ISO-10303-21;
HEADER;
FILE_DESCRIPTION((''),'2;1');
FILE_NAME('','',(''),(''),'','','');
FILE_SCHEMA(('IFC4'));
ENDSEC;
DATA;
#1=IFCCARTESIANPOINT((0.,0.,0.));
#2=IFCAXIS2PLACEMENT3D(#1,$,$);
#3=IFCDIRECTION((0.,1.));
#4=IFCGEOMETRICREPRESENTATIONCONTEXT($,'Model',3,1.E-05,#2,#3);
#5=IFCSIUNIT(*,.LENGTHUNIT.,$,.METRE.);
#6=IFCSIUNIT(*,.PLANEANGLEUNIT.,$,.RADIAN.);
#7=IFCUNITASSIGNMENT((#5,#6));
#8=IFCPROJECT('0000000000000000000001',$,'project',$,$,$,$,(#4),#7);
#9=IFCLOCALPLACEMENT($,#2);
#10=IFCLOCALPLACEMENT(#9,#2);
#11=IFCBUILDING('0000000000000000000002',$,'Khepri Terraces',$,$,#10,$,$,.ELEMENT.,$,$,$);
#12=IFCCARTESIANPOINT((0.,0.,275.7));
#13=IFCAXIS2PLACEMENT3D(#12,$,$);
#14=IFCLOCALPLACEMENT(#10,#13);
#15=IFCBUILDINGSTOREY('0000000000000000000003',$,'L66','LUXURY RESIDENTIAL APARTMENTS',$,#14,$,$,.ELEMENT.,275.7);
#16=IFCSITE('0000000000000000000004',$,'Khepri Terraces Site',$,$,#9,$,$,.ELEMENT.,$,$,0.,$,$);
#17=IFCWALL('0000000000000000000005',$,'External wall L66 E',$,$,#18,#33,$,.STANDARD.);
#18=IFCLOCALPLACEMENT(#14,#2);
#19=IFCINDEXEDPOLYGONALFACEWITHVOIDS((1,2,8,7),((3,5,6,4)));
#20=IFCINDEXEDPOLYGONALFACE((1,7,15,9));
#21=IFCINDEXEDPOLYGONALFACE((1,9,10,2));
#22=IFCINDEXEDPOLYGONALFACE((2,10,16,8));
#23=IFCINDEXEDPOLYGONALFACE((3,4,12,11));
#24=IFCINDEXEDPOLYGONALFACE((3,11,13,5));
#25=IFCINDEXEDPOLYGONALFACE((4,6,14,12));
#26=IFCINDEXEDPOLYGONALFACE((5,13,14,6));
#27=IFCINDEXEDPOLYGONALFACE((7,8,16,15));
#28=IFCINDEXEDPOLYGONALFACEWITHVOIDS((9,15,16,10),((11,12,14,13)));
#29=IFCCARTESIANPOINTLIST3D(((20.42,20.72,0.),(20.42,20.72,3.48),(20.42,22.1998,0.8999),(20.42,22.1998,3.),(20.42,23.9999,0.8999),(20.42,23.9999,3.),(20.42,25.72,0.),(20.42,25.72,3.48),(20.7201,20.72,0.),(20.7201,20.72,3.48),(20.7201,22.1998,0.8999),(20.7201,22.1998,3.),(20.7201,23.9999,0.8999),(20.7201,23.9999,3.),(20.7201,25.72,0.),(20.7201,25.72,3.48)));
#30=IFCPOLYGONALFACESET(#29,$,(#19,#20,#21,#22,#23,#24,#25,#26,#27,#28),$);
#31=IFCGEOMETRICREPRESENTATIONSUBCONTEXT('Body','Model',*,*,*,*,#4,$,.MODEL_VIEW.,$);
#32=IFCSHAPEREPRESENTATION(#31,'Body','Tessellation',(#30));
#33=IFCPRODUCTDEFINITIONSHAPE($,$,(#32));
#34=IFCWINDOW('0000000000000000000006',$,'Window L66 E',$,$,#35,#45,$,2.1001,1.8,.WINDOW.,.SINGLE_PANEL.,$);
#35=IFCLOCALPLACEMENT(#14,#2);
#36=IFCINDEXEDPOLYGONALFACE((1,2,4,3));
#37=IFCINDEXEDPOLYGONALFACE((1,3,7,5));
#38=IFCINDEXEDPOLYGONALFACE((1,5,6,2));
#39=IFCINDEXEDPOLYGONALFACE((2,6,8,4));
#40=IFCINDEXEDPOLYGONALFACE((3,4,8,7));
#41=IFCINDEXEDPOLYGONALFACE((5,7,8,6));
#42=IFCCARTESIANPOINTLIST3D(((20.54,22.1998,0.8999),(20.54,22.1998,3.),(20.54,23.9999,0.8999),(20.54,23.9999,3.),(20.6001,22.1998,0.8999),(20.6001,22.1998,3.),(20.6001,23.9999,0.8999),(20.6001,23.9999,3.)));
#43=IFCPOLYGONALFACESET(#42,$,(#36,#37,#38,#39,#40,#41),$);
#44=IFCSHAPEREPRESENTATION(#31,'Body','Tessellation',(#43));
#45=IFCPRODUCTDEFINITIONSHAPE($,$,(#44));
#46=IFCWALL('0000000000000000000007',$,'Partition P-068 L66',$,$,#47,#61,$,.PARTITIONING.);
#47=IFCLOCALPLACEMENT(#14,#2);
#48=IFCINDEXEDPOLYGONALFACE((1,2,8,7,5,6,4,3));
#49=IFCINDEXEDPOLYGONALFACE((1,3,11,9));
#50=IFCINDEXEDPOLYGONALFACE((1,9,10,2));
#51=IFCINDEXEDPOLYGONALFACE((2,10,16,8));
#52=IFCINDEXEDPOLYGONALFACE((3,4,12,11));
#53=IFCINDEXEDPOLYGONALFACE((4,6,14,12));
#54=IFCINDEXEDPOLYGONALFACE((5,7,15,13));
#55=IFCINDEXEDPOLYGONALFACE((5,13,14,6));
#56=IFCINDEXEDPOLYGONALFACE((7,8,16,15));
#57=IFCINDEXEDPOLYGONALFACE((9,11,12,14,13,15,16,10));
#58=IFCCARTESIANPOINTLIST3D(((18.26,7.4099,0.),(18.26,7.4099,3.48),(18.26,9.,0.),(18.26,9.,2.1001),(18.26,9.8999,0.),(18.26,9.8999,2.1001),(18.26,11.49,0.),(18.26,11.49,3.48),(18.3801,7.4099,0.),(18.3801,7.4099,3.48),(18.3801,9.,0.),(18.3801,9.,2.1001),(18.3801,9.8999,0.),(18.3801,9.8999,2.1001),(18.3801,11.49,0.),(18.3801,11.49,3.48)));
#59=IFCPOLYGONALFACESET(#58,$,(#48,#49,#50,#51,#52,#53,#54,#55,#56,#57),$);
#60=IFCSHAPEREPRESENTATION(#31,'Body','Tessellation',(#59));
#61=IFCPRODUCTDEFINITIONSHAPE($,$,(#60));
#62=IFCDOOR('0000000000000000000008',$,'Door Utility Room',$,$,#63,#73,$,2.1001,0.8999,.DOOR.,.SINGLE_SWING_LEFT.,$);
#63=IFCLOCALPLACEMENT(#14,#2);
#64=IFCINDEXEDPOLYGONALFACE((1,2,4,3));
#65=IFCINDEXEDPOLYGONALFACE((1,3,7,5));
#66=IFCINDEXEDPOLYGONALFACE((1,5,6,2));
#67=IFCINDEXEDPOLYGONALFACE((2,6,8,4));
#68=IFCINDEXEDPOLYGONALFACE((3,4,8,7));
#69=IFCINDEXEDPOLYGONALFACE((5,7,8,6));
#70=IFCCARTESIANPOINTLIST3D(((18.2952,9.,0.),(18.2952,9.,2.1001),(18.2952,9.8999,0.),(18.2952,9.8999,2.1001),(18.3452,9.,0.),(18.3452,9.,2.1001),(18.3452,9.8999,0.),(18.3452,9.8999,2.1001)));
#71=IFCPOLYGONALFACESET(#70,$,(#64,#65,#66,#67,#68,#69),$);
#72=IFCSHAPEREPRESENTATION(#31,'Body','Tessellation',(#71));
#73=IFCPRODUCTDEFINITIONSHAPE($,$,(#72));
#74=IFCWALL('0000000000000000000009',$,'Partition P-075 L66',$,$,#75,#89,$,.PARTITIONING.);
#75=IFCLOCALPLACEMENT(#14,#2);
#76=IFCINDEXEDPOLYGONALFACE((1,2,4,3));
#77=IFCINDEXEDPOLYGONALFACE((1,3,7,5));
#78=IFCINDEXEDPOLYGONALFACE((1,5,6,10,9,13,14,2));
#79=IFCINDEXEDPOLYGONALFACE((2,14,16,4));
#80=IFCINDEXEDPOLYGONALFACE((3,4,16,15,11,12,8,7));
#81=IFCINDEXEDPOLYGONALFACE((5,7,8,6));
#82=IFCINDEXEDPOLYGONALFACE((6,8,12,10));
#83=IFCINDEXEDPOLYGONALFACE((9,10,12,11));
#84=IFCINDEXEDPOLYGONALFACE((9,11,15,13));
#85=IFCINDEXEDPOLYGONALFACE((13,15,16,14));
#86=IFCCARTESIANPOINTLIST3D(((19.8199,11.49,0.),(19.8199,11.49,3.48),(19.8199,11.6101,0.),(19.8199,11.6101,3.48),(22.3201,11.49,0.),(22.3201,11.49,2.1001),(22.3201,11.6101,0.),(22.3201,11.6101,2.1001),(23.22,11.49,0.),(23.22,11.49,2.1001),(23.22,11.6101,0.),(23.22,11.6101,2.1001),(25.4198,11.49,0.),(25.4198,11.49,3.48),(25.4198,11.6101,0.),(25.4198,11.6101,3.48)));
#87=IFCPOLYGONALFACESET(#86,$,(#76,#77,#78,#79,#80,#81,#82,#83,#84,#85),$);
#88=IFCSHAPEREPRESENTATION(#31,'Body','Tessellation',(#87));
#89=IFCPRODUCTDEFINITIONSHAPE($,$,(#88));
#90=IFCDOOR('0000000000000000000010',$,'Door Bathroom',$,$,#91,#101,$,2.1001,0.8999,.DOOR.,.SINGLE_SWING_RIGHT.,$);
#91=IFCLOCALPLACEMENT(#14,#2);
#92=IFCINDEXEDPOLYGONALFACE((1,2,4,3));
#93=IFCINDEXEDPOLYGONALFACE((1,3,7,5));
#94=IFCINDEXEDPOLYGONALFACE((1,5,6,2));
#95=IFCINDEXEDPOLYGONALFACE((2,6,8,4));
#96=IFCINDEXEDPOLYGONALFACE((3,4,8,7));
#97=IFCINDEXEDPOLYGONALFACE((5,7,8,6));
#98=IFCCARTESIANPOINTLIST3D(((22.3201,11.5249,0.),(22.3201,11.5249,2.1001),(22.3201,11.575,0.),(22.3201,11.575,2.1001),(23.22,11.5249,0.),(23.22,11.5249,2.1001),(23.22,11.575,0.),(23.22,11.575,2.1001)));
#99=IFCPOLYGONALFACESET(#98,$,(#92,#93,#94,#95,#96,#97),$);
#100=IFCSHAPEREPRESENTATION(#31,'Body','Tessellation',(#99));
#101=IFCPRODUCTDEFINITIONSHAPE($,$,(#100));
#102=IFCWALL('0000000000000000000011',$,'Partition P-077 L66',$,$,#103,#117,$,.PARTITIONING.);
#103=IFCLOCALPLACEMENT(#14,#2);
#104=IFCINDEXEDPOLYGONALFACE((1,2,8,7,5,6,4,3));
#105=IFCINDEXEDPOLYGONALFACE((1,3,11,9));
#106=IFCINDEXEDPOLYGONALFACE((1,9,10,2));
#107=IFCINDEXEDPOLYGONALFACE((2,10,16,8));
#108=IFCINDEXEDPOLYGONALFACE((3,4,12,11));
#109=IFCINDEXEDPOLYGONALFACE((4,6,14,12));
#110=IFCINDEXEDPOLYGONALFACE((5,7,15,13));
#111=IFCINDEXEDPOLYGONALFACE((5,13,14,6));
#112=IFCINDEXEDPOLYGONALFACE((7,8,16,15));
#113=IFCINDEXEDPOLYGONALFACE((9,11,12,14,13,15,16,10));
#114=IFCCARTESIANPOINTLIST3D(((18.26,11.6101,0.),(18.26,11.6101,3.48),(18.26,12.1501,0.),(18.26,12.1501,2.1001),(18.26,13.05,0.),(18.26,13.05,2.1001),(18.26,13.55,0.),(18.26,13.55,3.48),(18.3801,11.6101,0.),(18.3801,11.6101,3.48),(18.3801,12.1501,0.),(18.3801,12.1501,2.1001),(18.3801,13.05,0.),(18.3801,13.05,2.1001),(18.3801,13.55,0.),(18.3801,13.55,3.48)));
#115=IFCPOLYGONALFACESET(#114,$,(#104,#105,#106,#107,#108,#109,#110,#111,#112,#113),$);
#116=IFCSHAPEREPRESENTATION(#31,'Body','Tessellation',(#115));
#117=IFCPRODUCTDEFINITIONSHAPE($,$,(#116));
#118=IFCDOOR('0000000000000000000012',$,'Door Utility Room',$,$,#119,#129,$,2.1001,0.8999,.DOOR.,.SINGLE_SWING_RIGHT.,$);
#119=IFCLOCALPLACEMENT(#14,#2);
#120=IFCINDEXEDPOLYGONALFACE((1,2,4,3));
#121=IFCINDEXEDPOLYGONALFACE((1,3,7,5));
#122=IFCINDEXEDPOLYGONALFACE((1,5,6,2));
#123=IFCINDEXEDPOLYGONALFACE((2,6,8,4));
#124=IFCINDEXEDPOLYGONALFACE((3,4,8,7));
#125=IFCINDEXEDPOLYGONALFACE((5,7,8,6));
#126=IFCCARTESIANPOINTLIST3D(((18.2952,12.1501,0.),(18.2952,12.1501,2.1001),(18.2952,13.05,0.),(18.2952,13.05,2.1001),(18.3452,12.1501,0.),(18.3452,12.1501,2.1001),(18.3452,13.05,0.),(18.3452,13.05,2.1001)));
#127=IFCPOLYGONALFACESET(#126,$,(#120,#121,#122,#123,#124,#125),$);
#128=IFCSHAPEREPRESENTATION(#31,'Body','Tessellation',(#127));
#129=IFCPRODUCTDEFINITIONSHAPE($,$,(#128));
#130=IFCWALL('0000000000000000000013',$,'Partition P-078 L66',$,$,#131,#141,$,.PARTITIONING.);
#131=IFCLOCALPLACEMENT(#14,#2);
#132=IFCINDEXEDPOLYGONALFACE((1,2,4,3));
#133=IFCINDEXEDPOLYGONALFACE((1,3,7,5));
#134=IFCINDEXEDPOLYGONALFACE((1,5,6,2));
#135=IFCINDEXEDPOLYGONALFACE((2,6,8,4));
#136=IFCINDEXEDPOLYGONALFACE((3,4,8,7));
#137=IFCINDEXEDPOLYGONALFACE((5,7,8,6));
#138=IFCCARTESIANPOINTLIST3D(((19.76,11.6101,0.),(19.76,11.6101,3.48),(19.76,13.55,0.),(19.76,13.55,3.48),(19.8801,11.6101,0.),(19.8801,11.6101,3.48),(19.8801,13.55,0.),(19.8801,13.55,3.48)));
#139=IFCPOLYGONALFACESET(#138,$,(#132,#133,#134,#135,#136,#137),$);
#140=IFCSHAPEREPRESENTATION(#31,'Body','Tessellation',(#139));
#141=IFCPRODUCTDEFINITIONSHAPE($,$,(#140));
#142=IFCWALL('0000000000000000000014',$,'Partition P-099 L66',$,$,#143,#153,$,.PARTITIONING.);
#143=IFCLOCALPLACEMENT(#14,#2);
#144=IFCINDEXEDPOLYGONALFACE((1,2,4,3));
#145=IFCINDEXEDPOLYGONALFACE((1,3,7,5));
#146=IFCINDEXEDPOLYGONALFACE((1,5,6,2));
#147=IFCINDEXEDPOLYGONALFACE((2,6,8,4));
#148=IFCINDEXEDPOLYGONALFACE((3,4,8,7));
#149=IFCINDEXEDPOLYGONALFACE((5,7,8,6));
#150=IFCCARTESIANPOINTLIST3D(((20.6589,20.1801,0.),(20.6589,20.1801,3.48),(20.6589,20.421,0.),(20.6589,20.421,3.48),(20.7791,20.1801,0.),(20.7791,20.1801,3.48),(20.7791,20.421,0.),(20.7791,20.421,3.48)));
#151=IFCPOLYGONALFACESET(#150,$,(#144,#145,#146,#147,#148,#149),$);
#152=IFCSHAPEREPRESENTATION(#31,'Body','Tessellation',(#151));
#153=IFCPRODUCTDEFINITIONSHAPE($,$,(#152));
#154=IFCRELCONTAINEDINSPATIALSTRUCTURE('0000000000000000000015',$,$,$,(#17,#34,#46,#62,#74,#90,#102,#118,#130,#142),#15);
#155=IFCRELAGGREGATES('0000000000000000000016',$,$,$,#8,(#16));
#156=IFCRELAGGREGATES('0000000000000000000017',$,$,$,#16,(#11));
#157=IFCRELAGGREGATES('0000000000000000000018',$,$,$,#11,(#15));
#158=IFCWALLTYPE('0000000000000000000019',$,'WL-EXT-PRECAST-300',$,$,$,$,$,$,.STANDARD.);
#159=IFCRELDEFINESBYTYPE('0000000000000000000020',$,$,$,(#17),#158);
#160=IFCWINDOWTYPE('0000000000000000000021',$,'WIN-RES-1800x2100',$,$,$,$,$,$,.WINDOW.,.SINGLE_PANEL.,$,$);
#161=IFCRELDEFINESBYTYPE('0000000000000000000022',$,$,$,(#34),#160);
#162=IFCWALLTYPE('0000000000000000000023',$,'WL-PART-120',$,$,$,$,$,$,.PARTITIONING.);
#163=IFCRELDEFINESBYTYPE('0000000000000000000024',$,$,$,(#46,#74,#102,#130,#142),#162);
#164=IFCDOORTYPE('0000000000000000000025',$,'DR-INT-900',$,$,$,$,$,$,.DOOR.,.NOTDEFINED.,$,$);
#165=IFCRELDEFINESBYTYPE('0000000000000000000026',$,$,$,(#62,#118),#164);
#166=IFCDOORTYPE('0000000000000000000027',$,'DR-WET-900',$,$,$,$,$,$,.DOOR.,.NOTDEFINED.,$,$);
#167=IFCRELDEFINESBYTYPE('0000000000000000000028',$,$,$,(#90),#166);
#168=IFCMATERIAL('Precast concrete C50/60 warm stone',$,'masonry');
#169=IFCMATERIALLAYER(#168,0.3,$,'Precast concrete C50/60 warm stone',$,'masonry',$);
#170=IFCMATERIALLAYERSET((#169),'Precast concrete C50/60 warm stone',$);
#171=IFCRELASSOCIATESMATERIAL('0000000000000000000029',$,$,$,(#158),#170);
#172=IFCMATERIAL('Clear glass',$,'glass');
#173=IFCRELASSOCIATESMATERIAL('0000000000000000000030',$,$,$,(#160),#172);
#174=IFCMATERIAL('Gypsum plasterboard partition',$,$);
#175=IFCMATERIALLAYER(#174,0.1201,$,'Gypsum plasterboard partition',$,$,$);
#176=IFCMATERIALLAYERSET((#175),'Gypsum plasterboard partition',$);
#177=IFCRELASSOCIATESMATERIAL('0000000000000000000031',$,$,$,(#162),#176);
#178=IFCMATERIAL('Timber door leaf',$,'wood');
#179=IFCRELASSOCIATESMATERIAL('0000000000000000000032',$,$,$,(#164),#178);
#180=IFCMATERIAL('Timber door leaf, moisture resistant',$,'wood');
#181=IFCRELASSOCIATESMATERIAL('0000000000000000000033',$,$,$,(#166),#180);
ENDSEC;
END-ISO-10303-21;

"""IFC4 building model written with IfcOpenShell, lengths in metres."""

from ifc_helpers import new_model, si_unit, direction, frame, frame_2d, origin, place, context, subcontext, project, spatial, rectangle, extrude, material, layer, layer_set, type_object, element, fill, save


model = new_model("IFC4")

# Units and contexts
model_context = context("Model", 3, precision=1e-05, world=origin(), true_north=direction((0.0, 1.0)))
body_context = subcontext(model_context, "Body", "Model", "MODEL_VIEW")
ifc_project = project(units=[si_unit("LENGTHUNIT", "METRE"), si_unit("PLANEANGLEUNIT", "RADIAN")], contexts=[model_context])

# Site, building, storey
site_placement = place(None, origin())
site = spatial("IfcSite", under=ifc_project, at=site_placement, Name="Khepri Terraces Site", CompositionType="ELEMENT", RefElevation=0.0)
building_placement = place(site_placement, origin())
building = spatial("IfcBuilding", under=site, at=building_placement, Name="Khepri Terraces", CompositionType="ELEMENT")
storey_placement = place(building_placement, frame((0.0, 0.0, 275.7)))
storey = spatial("IfcBuildingStorey", under=building, at=storey_placement, Name="L66", Description="LUXURY RESIDENTIAL APARTMENTS", CompositionType="ELEMENT", Elevation=275.7)

# Shared definitions
ifc_material_1 = material(Name="Precast concrete C50/60 warm stone", Category="masonry")
ifc_layer_1 = layer(ifc_material_1, 0.3, Name="Precast concrete C50/60 warm stone", Category="masonry")
ifc_layer_set_1 = layer_set([ifc_layer_1], Name="Precast concrete C50/60 warm stone")
wall_type_1 = type_object("IfcWallType", Name="WL-EXT-PRECAST-300", PredefinedType="STANDARD", material=ifc_layer_set_1)
ifc_material_2 = material(Name="Clear glass", Category="glass")
window_type = type_object("IfcWindowType", Name="WIN-RES-1800x2100", PartitioningType="SINGLE_PANEL", PredefinedType="WINDOW", material=ifc_material_2)

# Wall, opening, window
wall_1_placement = place(storey_placement, frame((20.5701, 20.72, 0.0), z_axis=(0.0, 0.0, 1.0), x_axis=(0.0, 1.0, 0.0)))
wall_1 = element("IfcWall", 1, at=wall_1_placement, inside=storey, type_object=wall_type_1, Name="External wall L66 E", PredefinedType="STANDARD", context=body_context, shape_type="SweptSolid", body=[
    extrude(rectangle(XDim=5.0, YDim=0.3, at=frame_2d((2.5, 0.0))), origin(), (0.0, 0.0, 1.0), 3.48),
])
opening_1_placement = place(wall_1_placement, frame((1.48, 0.0, 0.8999)))
opening_1 = element("IfcOpeningElement", 2, at=opening_1_placement, cuts=wall_1, PredefinedType="OPENING", context=body_context, shape_type="SweptSolid", body=[
    extrude(rectangle(XDim=1.8, YDim=2.1001, at=frame_2d((0.8999, 1.05))), frame((0.0, 0.1602, 0.0), z_axis=(0.0, -1.0, 0.0), x_axis=(1.0, 0.0, 0.0)), (0.0, 0.0, 1.0), 0.3201),
])
window_1_placement = place(opening_1_placement, origin())
window_1 = element("IfcWindow", 3, at=window_1_placement, inside=storey, type_object=window_type, Name="Window L66 E", OverallHeight=2.1001, OverallWidth=1.8, PartitioningType="SINGLE_PANEL", PredefinedType="WINDOW", context=body_context, shape_type="SweptSolid", body=[
    extrude(rectangle(XDim=1.8, YDim=2.1001, at=frame_2d((0.8999, 1.05))), frame((0.0, 0.03, 0.0), z_axis=(0.0, -1.0, 0.0), x_axis=(1.0, 0.0, 0.0)), (0.0, 0.0, 1.0), 0.0601),
])
fill(opening_1, window_1)

# Walls, openings, doors
ifc_material_3 = material(Name="Gypsum plasterboard partition")
ifc_layer_2 = layer(ifc_material_3, 0.1201, Name="Gypsum plasterboard partition")
ifc_layer_set_2 = layer_set([ifc_layer_2], Name="Gypsum plasterboard partition")
wall_type_2 = type_object("IfcWallType", Name="WL-PART-120", PredefinedType="PARTITIONING", material=ifc_layer_set_2)
wall_2_placement = place(storey_placement, frame((18.3201, 7.4099, 0.0), z_axis=(0.0, 0.0, 1.0), x_axis=(0.0, 1.0, 0.0)))
wall_2 = element("IfcWall", 4, at=wall_2_placement, inside=storey, type_object=wall_type_2, Name="Partition P-068 L66", PredefinedType="PARTITIONING", context=body_context, shape_type="SweptSolid", body=[
    extrude(rectangle(XDim=4.0801, YDim=0.1201, at=frame_2d((2.04, 0.0))), origin(), (0.0, 0.0, 1.0), 3.48),
])
opening_2_placement = place(wall_2_placement, frame((1.5901, 0.0, 0.0)))
opening_2 = element("IfcOpeningElement", 5, at=opening_2_placement, cuts=wall_2, PredefinedType="OPENING", context=body_context, shape_type="SweptSolid", body=[
    extrude(rectangle(XDim=0.8999, YDim=2.1001, at=frame_2d((0.45, 1.05))), frame((0.0, 0.0701, 0.0), z_axis=(0.0, -1.0, 0.0), x_axis=(1.0, 0.0, 0.0)), (0.0, 0.0, 1.0), 0.1401),
])
ifc_material_4 = material(Name="Timber door leaf", Category="wood")
door_type_1 = type_object("IfcDoorType", Name="DR-INT-900", OperationType="NOTDEFINED", PredefinedType="DOOR", material=ifc_material_4)
door_1_placement = place(opening_2_placement, origin())
door_1 = element("IfcDoor", 6, at=door_1_placement, inside=storey, type_object=door_type_1, Name="Door Utility Room", OperationType="SINGLE_SWING_LEFT", OverallHeight=2.1001, OverallWidth=0.8999, PredefinedType="DOOR", context=body_context, shape_type="SweptSolid", body=[
    extrude(rectangle(XDim=0.8999, YDim=2.1001, at=frame_2d((0.45, 1.05))), frame((0.0, 0.0249, 0.0), z_axis=(0.0, -1.0, 0.0), x_axis=(1.0, 0.0, 0.0)), (0.0, 0.0, 1.0), 0.05),
])
fill(opening_2, door_1)
wall_3_placement = place(storey_placement, frame((19.8201, 11.55, 0.0), z_axis=(0.0, 0.0, 1.0), x_axis=(1.0, 0.0, 0.0)))
wall_3 = element("IfcWall", 7, at=wall_3_placement, inside=storey, type_object=wall_type_2, Name="Partition P-075 L66", PredefinedType="PARTITIONING", context=body_context, shape_type="SweptSolid", body=[
    extrude(rectangle(XDim=5.5999, YDim=0.1201, at=frame_2d((2.7998, 0.0))), origin(), (0.0, 0.0, 1.0), 3.48),
])
opening_3_placement = place(wall_3_placement, frame((2.5, 0.0, 0.0)))
opening_3 = element("IfcOpeningElement", 8, at=opening_3_placement, cuts=wall_3, PredefinedType="OPENING", context=body_context, shape_type="SweptSolid", body=[
    extrude(rectangle(XDim=0.8999, YDim=2.1001, at=frame_2d((0.45, 1.05))), frame((0.0, 0.0701, 0.0), z_axis=(0.0, -1.0, 0.0), x_axis=(1.0, 0.0, 0.0)), (0.0, 0.0, 1.0), 0.1401),
])
ifc_material_5 = material(Name="Timber door leaf, moisture resistant", Category="wood")
door_type_2 = type_object("IfcDoorType", Name="DR-WET-900", OperationType="NOTDEFINED", PredefinedType="DOOR", material=ifc_material_5)
door_2_placement = place(opening_3_placement, origin())
door_2 = element("IfcDoor", 9, at=door_2_placement, inside=storey, type_object=door_type_2, Name="Door Bathroom", OperationType="SINGLE_SWING_RIGHT", OverallHeight=2.1001, OverallWidth=0.8999, PredefinedType="DOOR", context=body_context, shape_type="SweptSolid", body=[
    extrude(rectangle(XDim=0.8999, YDim=2.1001, at=frame_2d((0.45, 1.05))), frame((0.0, 0.0249, 0.0), z_axis=(0.0, -1.0, 0.0), x_axis=(1.0, 0.0, 0.0)), (0.0, 0.0, 1.0), 0.05),
])
fill(opening_3, door_2)
wall_4_placement = place(storey_placement, frame((18.3201, 11.6101, 0.0), z_axis=(0.0, 0.0, 1.0), x_axis=(0.0, 1.0, 0.0)))
wall_4 = element("IfcWall", 10, at=wall_4_placement, inside=storey, type_object=wall_type_2, Name="Partition P-077 L66", PredefinedType="PARTITIONING", context=body_context, shape_type="SweptSolid", body=[
    extrude(rectangle(XDim=1.9399, YDim=0.1201, at=frame_2d((0.97, 0.0))), origin(), (0.0, 0.0, 1.0), 3.48),
])
opening_4_placement = place(wall_4_placement, frame((0.54, 0.0, 0.0)))
opening_4 = element("IfcOpeningElement", 11, at=opening_4_placement, cuts=wall_4, PredefinedType="OPENING", context=body_context, shape_type="SweptSolid", body=[
    extrude(rectangle(XDim=0.8999, YDim=2.1001, at=frame_2d((0.45, 1.05))), frame((0.0, 0.0701, 0.0), z_axis=(0.0, -1.0, 0.0), x_axis=(1.0, 0.0, 0.0)), (0.0, 0.0, 1.0), 0.1401),
])
door_3_placement = place(opening_4_placement, origin())
door_3 = element("IfcDoor", 12, at=door_3_placement, inside=storey, type_object=door_type_1, Name="Door Utility Room", OperationType="SINGLE_SWING_RIGHT", OverallHeight=2.1001, OverallWidth=0.8999, PredefinedType="DOOR", context=body_context, shape_type="SweptSolid", body=[
    extrude(rectangle(XDim=0.8999, YDim=2.1001, at=frame_2d((0.45, 1.05))), frame((0.0, 0.0249, 0.0), z_axis=(0.0, -1.0, 0.0), x_axis=(1.0, 0.0, 0.0)), (0.0, 0.0, 1.0), 0.05),
])
fill(opening_4, door_3)

# Walls
wall_5_placement = place(storey_placement, frame((19.8201, 11.6101, 0.0), z_axis=(0.0, 0.0, 1.0), x_axis=(0.0, 1.0, 0.0)))
element("IfcWall", 13, at=wall_5_placement, inside=storey, type_object=wall_type_2, Name="Partition P-078 L66", PredefinedType="PARTITIONING", context=body_context, shape_type="SweptSolid", body=[
    extrude(rectangle(XDim=1.9399, YDim=0.1201, at=frame_2d((0.97, 0.0))), origin(), (0.0, 0.0, 1.0), 3.48),
])
wall_6_placement = place(storey_placement, frame((20.719, 20.1799, 0.0), z_axis=(0.0, 0.0, 1.0), x_axis=(0.0, 1.0, 0.0)))
element("IfcWall", 14, at=wall_6_placement, inside=storey, type_object=wall_type_2, Name="Partition P-099 L66", PredefinedType="PARTITIONING", context=body_context, shape_type="SweptSolid", body=[
    extrude(rectangle(XDim=0.241, YDim=0.1201, at=frame_2d((0.1206, 0.0))), origin(), (0.0, 0.0, 1.0), 3.48),
])

save(model, "model.ifc")
